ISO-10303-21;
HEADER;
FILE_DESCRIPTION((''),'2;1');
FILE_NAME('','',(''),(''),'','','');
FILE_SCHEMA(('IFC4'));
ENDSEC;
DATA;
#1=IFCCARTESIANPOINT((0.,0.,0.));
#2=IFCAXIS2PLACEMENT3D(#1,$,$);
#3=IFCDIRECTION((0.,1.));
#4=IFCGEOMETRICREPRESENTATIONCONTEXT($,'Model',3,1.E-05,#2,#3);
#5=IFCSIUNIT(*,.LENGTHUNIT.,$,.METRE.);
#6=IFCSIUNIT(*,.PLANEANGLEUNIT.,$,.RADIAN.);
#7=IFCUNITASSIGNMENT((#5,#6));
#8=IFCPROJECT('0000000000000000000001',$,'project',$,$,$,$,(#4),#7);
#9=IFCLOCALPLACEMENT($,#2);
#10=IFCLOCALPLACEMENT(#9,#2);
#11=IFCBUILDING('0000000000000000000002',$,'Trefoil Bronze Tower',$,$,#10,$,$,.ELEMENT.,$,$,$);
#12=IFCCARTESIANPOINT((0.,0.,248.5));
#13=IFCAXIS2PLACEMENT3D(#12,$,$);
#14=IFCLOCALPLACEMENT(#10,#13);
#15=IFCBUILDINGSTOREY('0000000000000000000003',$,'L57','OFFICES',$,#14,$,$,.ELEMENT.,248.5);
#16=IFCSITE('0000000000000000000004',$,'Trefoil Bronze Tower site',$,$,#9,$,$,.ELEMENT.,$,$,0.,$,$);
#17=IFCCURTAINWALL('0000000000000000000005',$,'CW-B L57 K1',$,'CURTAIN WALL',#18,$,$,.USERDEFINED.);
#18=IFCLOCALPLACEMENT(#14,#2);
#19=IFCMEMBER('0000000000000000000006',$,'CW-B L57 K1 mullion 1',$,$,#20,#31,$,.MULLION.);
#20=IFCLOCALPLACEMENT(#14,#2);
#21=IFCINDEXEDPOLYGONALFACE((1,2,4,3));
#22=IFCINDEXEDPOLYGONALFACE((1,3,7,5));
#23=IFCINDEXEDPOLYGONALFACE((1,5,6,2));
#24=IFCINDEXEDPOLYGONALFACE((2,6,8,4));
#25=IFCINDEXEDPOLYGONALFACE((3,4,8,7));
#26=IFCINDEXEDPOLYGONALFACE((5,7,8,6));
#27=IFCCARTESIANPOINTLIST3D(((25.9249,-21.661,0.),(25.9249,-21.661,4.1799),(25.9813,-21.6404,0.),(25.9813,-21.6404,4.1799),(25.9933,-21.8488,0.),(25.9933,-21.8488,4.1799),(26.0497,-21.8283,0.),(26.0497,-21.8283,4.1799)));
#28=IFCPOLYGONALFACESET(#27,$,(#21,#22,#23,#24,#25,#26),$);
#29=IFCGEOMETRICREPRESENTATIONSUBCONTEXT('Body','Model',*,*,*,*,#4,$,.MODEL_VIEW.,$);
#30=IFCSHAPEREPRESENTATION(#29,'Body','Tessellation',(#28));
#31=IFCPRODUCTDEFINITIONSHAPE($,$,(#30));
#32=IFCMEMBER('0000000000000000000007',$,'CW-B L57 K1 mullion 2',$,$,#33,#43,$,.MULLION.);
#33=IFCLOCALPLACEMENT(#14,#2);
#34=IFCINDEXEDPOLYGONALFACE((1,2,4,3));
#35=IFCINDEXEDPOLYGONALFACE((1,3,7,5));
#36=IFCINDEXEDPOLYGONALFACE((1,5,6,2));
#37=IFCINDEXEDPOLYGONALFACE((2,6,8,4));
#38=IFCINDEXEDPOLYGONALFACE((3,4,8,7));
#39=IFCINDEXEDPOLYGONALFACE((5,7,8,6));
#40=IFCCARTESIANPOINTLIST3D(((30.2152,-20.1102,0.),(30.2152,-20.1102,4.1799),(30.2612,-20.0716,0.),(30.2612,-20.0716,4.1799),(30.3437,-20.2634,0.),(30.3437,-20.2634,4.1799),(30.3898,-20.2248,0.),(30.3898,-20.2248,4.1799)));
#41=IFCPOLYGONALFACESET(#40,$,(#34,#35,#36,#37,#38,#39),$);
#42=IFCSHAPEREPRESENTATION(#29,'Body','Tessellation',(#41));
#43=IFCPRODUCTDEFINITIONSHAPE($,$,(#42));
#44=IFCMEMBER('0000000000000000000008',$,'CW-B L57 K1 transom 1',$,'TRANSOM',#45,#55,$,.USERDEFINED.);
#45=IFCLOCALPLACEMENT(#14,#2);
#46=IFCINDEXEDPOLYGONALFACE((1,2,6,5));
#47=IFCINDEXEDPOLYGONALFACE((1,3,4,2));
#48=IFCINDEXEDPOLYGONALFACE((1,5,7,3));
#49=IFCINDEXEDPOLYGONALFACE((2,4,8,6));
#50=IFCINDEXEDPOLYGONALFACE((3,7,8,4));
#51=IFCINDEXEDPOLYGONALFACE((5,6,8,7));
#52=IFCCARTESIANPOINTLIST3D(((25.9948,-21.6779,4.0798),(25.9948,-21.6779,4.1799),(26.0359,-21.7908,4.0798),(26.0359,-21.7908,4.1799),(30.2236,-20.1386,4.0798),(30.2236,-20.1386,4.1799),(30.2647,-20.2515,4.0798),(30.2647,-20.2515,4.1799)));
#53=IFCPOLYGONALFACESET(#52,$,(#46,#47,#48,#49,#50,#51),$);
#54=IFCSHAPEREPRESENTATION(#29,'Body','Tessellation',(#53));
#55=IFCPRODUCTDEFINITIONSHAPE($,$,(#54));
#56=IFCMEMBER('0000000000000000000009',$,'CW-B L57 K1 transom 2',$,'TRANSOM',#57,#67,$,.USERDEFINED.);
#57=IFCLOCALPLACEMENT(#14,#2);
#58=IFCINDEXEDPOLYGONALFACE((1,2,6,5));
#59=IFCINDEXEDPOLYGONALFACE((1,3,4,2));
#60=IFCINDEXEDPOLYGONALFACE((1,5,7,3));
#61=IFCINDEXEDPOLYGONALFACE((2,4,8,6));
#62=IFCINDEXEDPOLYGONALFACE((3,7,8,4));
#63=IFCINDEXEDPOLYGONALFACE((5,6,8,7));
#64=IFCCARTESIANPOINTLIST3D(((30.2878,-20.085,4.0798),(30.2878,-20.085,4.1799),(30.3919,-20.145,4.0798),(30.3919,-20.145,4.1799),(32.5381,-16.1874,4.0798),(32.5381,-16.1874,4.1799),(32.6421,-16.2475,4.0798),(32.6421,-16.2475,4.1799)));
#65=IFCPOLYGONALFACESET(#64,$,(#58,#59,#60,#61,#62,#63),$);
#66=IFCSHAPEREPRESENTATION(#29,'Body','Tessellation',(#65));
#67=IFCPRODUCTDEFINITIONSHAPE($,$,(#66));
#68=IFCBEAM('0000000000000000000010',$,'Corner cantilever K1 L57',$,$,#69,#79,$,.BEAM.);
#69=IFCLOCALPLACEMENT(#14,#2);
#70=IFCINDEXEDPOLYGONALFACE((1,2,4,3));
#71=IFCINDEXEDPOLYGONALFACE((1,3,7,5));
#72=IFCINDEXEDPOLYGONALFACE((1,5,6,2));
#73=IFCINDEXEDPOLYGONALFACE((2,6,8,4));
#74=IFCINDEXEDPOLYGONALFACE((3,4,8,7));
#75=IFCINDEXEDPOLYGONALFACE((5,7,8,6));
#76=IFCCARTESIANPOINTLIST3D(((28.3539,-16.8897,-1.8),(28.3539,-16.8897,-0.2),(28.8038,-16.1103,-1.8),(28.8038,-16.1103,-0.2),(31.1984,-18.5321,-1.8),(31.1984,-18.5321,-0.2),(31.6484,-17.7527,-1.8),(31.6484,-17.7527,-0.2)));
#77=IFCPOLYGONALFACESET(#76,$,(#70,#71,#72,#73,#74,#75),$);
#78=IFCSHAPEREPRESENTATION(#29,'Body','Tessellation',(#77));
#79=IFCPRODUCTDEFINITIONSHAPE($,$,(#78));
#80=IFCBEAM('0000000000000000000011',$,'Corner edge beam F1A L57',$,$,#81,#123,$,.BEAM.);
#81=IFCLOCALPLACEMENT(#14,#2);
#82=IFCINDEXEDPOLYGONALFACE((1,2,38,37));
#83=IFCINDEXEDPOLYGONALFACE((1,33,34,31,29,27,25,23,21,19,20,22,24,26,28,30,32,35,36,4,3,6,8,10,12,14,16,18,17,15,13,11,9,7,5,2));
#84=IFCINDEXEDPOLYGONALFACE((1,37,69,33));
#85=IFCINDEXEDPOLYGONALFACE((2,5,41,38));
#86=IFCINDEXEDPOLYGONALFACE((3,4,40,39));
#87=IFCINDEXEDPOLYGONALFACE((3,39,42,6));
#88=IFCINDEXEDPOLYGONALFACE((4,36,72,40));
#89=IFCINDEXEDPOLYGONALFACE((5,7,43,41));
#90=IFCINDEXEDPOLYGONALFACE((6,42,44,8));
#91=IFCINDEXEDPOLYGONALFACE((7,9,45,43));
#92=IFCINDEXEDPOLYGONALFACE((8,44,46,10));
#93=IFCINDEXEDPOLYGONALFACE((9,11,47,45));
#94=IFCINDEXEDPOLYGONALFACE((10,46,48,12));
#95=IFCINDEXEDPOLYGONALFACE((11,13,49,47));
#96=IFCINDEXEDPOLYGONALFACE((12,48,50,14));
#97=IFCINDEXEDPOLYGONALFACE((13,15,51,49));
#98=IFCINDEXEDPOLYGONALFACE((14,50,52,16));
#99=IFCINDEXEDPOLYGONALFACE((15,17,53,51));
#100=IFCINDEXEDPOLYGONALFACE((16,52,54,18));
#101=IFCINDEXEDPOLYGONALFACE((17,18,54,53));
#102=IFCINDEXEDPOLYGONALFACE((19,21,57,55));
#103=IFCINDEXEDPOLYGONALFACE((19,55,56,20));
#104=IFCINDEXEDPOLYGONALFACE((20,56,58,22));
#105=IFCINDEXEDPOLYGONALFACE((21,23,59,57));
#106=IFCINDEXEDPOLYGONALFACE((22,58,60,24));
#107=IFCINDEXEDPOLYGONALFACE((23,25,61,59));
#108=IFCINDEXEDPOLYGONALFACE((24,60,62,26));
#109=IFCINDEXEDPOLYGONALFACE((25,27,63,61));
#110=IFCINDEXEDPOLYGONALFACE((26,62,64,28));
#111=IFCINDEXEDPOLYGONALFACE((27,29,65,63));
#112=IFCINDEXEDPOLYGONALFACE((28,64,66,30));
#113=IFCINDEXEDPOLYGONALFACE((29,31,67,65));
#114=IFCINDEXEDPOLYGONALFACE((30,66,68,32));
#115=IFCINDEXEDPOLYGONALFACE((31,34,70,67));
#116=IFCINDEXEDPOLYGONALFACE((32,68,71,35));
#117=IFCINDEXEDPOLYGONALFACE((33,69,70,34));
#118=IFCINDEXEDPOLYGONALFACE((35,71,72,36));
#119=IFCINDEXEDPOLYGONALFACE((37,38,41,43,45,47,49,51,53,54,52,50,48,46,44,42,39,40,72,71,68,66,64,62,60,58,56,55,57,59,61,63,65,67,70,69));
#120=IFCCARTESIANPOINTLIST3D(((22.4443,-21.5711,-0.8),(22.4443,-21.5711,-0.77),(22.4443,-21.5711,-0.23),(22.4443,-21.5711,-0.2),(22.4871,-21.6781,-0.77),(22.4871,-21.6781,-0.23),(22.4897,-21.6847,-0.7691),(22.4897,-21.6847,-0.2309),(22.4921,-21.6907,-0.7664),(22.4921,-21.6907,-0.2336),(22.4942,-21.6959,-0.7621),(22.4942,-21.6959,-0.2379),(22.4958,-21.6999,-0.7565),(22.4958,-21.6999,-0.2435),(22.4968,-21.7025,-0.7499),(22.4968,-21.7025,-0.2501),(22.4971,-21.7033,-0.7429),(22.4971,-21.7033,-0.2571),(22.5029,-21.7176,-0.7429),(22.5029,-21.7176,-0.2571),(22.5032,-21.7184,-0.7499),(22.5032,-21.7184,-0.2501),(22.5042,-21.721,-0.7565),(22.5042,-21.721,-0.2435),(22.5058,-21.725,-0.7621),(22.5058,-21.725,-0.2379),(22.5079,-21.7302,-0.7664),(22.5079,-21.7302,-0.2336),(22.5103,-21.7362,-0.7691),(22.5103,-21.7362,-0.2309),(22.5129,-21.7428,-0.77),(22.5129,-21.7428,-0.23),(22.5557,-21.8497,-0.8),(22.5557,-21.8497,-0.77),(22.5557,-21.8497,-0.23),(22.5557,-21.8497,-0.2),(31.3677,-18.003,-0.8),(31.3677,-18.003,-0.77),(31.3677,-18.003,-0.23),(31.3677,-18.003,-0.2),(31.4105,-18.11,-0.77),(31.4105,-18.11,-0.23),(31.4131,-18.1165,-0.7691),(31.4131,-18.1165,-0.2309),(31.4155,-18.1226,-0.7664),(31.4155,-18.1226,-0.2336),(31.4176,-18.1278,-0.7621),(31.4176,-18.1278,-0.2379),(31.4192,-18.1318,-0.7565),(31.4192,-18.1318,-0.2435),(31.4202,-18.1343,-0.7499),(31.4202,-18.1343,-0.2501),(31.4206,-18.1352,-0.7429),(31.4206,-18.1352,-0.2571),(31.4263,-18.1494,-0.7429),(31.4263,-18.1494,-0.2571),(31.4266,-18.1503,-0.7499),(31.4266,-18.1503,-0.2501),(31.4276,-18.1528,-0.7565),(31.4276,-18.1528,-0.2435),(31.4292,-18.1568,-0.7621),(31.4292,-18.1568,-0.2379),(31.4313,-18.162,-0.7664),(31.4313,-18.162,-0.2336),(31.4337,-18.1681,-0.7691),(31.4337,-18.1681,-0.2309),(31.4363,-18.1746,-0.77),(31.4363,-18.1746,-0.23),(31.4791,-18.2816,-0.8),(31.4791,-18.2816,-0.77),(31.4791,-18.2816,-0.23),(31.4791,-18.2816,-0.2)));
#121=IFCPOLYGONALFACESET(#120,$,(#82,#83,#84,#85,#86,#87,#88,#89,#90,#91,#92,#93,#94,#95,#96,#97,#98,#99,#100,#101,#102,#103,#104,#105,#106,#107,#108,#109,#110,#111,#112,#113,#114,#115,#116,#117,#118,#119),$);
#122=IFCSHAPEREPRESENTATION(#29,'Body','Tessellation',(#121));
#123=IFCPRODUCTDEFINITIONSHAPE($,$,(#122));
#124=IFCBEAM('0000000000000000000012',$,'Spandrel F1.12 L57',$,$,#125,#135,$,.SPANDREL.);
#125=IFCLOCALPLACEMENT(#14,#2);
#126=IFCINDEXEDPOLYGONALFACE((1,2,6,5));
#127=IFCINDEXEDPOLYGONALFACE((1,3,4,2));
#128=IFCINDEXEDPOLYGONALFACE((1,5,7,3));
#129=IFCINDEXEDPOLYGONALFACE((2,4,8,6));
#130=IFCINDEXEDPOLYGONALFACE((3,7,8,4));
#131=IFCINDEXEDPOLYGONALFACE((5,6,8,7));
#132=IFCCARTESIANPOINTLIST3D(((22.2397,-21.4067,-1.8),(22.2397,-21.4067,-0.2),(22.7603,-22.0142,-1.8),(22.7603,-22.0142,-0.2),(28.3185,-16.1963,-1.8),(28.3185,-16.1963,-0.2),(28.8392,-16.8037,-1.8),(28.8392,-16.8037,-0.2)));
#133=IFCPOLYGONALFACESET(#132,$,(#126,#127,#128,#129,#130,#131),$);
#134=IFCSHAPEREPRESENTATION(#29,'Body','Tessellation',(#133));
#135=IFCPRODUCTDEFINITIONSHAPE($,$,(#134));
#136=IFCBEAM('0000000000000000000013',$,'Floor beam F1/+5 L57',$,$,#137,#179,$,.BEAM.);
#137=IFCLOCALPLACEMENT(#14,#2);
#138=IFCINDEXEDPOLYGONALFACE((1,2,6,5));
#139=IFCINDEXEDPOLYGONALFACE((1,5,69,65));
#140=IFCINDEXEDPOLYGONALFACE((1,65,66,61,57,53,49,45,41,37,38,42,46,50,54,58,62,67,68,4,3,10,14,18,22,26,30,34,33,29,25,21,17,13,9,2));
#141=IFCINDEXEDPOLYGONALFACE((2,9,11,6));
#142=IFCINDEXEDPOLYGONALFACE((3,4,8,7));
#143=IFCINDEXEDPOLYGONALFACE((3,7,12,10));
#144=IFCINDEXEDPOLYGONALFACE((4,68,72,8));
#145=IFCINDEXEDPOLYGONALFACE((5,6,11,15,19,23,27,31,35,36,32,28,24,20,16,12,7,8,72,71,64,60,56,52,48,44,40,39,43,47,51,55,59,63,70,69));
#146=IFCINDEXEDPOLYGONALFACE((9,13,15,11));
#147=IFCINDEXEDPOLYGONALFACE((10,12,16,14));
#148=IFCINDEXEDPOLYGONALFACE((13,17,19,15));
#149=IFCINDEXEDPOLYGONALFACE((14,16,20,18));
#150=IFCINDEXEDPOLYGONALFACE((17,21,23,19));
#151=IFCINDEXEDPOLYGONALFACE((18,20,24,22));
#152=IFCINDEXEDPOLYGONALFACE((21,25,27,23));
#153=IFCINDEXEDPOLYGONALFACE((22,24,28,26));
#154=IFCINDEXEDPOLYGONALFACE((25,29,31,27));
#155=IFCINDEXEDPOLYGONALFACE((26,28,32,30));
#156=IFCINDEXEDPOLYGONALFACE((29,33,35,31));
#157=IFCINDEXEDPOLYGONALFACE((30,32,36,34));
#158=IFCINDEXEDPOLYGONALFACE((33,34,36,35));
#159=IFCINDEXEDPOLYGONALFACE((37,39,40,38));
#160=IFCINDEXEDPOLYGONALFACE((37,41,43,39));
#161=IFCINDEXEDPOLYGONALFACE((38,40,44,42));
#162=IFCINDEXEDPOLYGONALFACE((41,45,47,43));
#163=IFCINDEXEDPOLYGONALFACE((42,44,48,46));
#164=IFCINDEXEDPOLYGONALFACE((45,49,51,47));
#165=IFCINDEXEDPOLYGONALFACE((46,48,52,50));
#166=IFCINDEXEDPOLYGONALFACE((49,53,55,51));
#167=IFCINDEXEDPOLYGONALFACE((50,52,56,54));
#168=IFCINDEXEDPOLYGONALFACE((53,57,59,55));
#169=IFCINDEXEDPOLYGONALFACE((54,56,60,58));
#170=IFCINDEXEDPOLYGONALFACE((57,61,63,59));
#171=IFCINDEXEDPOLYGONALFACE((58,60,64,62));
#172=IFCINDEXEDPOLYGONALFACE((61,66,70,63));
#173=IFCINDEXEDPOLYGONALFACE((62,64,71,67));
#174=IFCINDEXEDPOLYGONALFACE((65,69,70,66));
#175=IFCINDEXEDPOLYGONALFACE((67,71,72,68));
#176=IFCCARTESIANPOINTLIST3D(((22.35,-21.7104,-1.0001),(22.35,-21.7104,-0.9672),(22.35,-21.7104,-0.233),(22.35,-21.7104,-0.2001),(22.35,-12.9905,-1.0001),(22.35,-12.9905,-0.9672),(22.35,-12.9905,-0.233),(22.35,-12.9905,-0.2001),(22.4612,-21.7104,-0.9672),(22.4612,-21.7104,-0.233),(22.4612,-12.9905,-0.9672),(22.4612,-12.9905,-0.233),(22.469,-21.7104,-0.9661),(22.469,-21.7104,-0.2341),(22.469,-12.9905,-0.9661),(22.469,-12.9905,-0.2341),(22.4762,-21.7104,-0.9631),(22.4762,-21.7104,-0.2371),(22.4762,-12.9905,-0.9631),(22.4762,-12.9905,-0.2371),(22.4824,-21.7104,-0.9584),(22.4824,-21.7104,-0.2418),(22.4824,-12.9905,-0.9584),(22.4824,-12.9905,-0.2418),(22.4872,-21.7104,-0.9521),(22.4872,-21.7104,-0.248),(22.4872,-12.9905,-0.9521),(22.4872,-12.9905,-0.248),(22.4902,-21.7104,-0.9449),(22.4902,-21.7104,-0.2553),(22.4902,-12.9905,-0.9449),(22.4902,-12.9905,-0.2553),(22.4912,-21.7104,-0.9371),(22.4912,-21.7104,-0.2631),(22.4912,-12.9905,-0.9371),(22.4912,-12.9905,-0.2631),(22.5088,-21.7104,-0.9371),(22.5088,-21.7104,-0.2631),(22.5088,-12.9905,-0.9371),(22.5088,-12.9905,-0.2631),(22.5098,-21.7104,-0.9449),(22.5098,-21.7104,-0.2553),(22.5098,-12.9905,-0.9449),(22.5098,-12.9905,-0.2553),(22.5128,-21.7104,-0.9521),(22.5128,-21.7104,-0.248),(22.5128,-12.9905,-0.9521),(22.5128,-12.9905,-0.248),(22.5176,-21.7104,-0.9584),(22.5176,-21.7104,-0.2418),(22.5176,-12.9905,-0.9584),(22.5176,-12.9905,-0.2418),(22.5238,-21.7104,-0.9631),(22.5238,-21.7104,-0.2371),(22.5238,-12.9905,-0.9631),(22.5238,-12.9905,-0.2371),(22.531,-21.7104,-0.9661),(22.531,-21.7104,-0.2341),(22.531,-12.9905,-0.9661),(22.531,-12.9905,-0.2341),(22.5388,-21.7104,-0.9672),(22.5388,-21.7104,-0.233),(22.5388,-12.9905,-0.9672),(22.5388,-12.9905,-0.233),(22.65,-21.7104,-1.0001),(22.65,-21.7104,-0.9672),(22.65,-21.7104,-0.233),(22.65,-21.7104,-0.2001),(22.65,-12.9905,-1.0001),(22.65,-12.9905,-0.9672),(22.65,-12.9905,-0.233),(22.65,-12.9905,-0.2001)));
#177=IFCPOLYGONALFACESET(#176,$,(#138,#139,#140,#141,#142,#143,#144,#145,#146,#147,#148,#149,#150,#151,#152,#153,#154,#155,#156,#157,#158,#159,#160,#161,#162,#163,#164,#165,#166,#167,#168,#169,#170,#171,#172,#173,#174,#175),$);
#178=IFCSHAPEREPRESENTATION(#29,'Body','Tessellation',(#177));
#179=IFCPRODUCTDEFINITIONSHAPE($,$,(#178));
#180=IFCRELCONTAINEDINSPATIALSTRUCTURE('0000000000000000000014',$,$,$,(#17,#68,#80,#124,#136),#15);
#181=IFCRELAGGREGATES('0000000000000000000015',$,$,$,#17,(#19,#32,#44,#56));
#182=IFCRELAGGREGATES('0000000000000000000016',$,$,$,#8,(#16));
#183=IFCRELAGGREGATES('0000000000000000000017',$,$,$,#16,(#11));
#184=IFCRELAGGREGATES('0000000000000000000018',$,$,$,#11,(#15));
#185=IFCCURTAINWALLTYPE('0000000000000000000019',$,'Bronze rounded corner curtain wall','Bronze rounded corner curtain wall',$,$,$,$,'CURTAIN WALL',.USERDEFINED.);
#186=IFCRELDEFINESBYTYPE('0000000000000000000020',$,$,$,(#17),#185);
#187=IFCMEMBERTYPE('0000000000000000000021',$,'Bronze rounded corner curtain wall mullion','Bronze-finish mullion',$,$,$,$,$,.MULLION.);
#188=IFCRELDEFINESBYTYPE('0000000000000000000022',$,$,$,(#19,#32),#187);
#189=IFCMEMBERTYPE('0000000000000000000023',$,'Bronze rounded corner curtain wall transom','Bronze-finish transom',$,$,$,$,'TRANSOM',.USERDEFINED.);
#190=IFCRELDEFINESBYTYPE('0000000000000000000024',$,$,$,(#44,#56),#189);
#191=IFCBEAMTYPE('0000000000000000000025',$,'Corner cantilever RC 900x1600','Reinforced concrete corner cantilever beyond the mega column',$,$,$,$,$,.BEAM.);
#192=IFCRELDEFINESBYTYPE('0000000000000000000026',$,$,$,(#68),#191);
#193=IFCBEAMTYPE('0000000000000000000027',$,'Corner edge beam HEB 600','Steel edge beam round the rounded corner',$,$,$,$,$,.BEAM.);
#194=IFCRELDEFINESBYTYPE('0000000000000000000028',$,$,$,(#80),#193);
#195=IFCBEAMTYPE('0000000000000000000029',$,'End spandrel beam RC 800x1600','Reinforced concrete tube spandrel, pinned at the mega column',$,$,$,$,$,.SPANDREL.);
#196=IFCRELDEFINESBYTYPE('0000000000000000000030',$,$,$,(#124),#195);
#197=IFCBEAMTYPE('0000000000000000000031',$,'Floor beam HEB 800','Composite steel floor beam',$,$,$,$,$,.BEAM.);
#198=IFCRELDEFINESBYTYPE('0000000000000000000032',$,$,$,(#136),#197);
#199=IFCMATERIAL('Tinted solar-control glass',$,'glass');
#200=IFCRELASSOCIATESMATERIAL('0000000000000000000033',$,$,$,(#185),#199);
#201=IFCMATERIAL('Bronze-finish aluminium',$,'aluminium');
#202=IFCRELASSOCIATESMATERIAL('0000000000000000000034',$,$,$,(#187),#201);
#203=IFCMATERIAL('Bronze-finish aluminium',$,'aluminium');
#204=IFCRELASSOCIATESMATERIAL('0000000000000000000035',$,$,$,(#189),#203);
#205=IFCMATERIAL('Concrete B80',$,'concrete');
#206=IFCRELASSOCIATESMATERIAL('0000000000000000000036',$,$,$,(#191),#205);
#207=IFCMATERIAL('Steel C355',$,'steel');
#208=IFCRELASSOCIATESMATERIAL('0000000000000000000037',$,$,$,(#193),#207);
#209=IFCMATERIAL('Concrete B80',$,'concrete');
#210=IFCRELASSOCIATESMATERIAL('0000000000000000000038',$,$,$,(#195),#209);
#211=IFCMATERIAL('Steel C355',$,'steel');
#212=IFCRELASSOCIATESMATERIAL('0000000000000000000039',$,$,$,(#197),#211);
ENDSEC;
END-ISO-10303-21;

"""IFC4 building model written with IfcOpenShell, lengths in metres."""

from ifc_helpers import new_model, si_unit, direction, frame, origin, origin_2d, place, context, subcontext, project, spatial, rectangle, i_section, extrude, material, material_profile, profile_set, type_object, element, aggregate, save


model = new_model("IFC4")

# Units and contexts
model_context = context("Model", 3, precision=1e-05, world=origin(), true_north=direction((0.0, 1.0)))
body_context = subcontext(model_context, "Body", "Model", "MODEL_VIEW")
ifc_project = project(units=[si_unit("LENGTHUNIT", "METRE"), si_unit("PLANEANGLEUNIT", "RADIAN")], contexts=[model_context])

# Site, building, storey
site_placement = place(None, origin())
site = spatial("IfcSite", under=ifc_project, at=site_placement, Name="Trefoil Bronze Tower site", CompositionType="ELEMENT", RefElevation=0.0)
building_placement = place(site_placement, origin())
building = spatial("IfcBuilding", under=site, at=building_placement, Name="Trefoil Bronze Tower", CompositionType="ELEMENT")
storey_placement = place(building_placement, frame((0.0, 0.0, 248.5)))
storey = spatial("IfcBuildingStorey", under=building, at=storey_placement, Name="L57", Description="OFFICES", CompositionType="ELEMENT", Elevation=248.5)

# Curtain wall, members
ifc_material_1 = material(Name="Tinted solar-control glass", Category="glass")
curtain_wall_type_1 = type_object("IfcCurtainWallType", Name="Bronze rounded corner curtain wall", Description="Bronze rounded corner curtain wall", ElementType="CURTAIN WALL", PredefinedType="USERDEFINED", material=ifc_material_1)
curtain_wall_1_placement = place(storey_placement, origin())
curtain_wall_1 = element("IfcCurtainWall", 1, at=curtain_wall_1_placement, inside=storey, type_object=curtain_wall_type_1, Name="CW-B L57 K1", ObjectType="CURTAIN WALL", PredefinedType="USERDEFINED")
ifc_material_2 = material(Name="Bronze-finish aluminium", Category="aluminium")
ifc_material_profile_1 = material_profile(ifc_material_2, rectangle(XDim=0.2, YDim=0.0601, at=origin_2d()), Name="CW-B mullion")
ifc_profile_set_1 = profile_set([ifc_material_profile_1], Name="Bronze-finish aluminium")
member_type_1 = type_object("IfcMemberType", Name="Bronze rounded corner curtain wall mullion", Description="Bronze-finish mullion", PredefinedType="MULLION", material=ifc_profile_set_1)
member_1_placement = place(storey_placement, frame((25.9873, -21.7446, 0.0), z_axis=(0.0, 0.0, 1.0), x_axis=(-0.34202, 0.939693, 0.0)))
member_1 = element("IfcMember", 2, at=member_1_placement, type_object=member_type_1, Name="CW-B L57 K1 mullion 1", PredefinedType="MULLION", context=body_context, shape_type="SweptSolid", body=[
    extrude(rectangle(XDim=0.2, YDim=0.0601, at=origin_2d()), origin(), (0.0, 0.0, 1.0), 4.1799),
])
member_2_placement = place(storey_placement, frame((30.3025, -20.1675, 0.0), z_axis=(0.0, 0.0, 1.0), x_axis=(-0.642788, 0.766044, 0.0)))
member_2 = element("IfcMember", 3, at=member_2_placement, type_object=member_type_1, Name="CW-B L57 K1 mullion 2", PredefinedType="MULLION", context=body_context, shape_type="SweptSolid", body=[
    extrude(rectangle(XDim=0.2, YDim=0.0601, at=origin_2d()), origin(), (0.0, 0.0, 1.0), 4.1799),
])
ifc_material_3 = material(Name="Bronze-finish aluminium", Category="aluminium")
ifc_material_profile_2 = material_profile(ifc_material_3, rectangle(XDim=0.1201, YDim=0.1001, at=origin_2d()), Name="CW-B transom")
ifc_profile_set_2 = profile_set([ifc_material_profile_2], Name="Bronze-finish aluminium")
member_type_2 = type_object("IfcMemberType", Name="Bronze rounded corner curtain wall transom", Description="Bronze-finish transom", ElementType="TRANSOM", PredefinedType="USERDEFINED", material=ifc_profile_set_2)
member_3_placement = place(storey_placement, frame((26.0154, -21.7344, 4.1299), z_axis=(0.939681, 0.342052, 0.0), x_axis=(-0.342052, 0.939681, 0.0)))
member_3 = element("IfcMember", 4, at=member_3_placement, type_object=member_type_2, Name="CW-B L57 K1 transom 1", ObjectType="TRANSOM", PredefinedType="USERDEFINED", context=body_context, shape_type="SweptSolid", body=[
    extrude(rectangle(XDim=0.1201, YDim=0.1001, at=origin_2d()), origin(), (0.0, 0.0, 1.0), 4.5002),
])
member_4_placement = place(storey_placement, frame((30.3398, -20.115, 4.1299), z_axis=(0.500007, 0.866021, 0.0), x_axis=(-0.866021, 0.500007, 0.0)))
member_4 = element("IfcMember", 5, at=member_4_placement, type_object=member_type_2, Name="CW-B L57 K1 transom 2", ObjectType="TRANSOM", PredefinedType="USERDEFINED", context=body_context, shape_type="SweptSolid", body=[
    extrude(rectangle(XDim=0.1201, YDim=0.1001, at=origin_2d()), origin(), (0.0, 0.0, 1.0), 4.5005),
])

# Beams
ifc_material_4 = material(Name="Concrete B80", Category="concrete")
ifc_material_profile_3 = material_profile(ifc_material_4, rectangle(XDim=0.8999, YDim=1.6001, at=origin_2d()), Name="RC 900x1600")
ifc_profile_set_3 = profile_set([ifc_material_profile_3], Name="Concrete B80")
beam_type_1 = type_object("IfcBeamType", Name="Corner cantilever RC 900x1600", Description="Reinforced concrete corner cantilever beyond the mega column", PredefinedType="BEAM", material=ifc_profile_set_3)
beam_1_placement = place(storey_placement, frame((28.5789, -16.5, -1.0), z_axis=(0.866016, -0.500016, 0.0), x_axis=(0.500016, 0.866016, 0.0)))
element("IfcBeam", 6, at=beam_1_placement, inside=storey, type_object=beam_type_1, Name="Corner cantilever K1 L57", PredefinedType="BEAM", context=body_context, shape_type="SweptSolid", body=[
    extrude(rectangle(XDim=0.8999, YDim=1.6001, at=origin_2d()), origin(), (0.0, 0.0, 1.0), 3.2847),
])
ifc_material_5 = material(Name="Steel C355", Category="steel")
ifc_material_profile_4 = material_profile(ifc_material_5, i_section(OverallWidth=0.3, OverallDepth=0.6001, WebThickness=0.0154, FlangeThickness=0.03, FilletRadius=0.0271, at=origin_2d()), Name="HEB 600")
ifc_profile_set_4 = profile_set([ifc_material_profile_4], Name="Steel C355")
beam_type_2 = type_object("IfcBeamType", Name="Corner edge beam HEB 600", Description="Steel edge beam round the rounded corner", PredefinedType="BEAM", material=ifc_profile_set_4)
beam_2_placement = place(storey_placement, frame((22.5, -21.7104, -0.5), z_axis=(0.92852, 0.371281, 0.0), x_axis=(-0.371281, 0.92852, 0.0)))
element("IfcBeam", 7, at=beam_2_placement, inside=storey, type_object=beam_type_2, Name="Corner edge beam F1A L57", PredefinedType="BEAM", context=body_context, shape_type="SweptSolid", body=[
    extrude(i_section(OverallWidth=0.3, OverallDepth=0.6001, WebThickness=0.0154, FlangeThickness=0.03, FilletRadius=0.0271, at=origin_2d()), origin(), (0.0, 0.0, 1.0), 9.6104),
])
ifc_material_6 = material(Name="Concrete B80", Category="concrete")
ifc_material_profile_5 = material_profile(ifc_material_6, rectangle(XDim=0.8, YDim=1.6001, at=origin_2d()), Name="RC 800x1600")
ifc_profile_set_5 = profile_set([ifc_material_profile_5], Name="Concrete B80")
beam_type_3 = type_object("IfcBeamType", Name="End spandrel beam RC 800x1600", Description="Reinforced concrete tube spandrel, pinned at the mega column", PredefinedType="SPANDREL", material=ifc_profile_set_5)
beam_3_placement = place(storey_placement, frame((22.5, -21.7104, -1.0), z_axis=(0.759257, 0.650791, 0.0), x_axis=(-0.650791, 0.759257, 0.0)))
element("IfcBeam", 8, at=beam_3_placement, inside=storey, type_object=beam_type_3, Name="Spandrel F1.12 L57", PredefinedType="SPANDREL", context=body_context, shape_type="SweptSolid", body=[
    extrude(rectangle(XDim=0.8, YDim=1.6001, at=origin_2d()), origin(), (0.0, 0.0, 1.0), 8.0063),
])
ifc_material_7 = material(Name="Steel C355", Category="steel")
ifc_material_profile_6 = material_profile(ifc_material_7, i_section(OverallWidth=0.3, OverallDepth=0.8, WebThickness=0.0176, FlangeThickness=0.033, FilletRadius=0.03, at=origin_2d()), Name="HEB 800")
ifc_profile_set_6 = profile_set([ifc_material_profile_6], Name="Steel C355")
beam_type_4 = type_object("IfcBeamType", Name="Floor beam HEB 800", Description="Composite steel floor beam", PredefinedType="BEAM", material=ifc_profile_set_6)
beam_4_placement = place(storey_placement, frame((22.5, -21.7104, -0.6001), z_axis=(0.0, 1.0, 0.0), x_axis=(-1.0, 0.0, 0.0)))
element("IfcBeam", 9, at=beam_4_placement, inside=storey, type_object=beam_type_4, Name="Floor beam F1/+5 L57", PredefinedType="BEAM", context=body_context, shape_type="SweptSolid", body=[
    extrude(i_section(OverallWidth=0.3, OverallDepth=0.8, WebThickness=0.0176, FlangeThickness=0.033, FilletRadius=0.03, at=origin_2d()), origin(), (0.0, 0.0, 1.0), 8.72),
])

aggregate(curtain_wall_1, [member_1, member_2, member_3, member_4])

save(model, "model.ifc")
